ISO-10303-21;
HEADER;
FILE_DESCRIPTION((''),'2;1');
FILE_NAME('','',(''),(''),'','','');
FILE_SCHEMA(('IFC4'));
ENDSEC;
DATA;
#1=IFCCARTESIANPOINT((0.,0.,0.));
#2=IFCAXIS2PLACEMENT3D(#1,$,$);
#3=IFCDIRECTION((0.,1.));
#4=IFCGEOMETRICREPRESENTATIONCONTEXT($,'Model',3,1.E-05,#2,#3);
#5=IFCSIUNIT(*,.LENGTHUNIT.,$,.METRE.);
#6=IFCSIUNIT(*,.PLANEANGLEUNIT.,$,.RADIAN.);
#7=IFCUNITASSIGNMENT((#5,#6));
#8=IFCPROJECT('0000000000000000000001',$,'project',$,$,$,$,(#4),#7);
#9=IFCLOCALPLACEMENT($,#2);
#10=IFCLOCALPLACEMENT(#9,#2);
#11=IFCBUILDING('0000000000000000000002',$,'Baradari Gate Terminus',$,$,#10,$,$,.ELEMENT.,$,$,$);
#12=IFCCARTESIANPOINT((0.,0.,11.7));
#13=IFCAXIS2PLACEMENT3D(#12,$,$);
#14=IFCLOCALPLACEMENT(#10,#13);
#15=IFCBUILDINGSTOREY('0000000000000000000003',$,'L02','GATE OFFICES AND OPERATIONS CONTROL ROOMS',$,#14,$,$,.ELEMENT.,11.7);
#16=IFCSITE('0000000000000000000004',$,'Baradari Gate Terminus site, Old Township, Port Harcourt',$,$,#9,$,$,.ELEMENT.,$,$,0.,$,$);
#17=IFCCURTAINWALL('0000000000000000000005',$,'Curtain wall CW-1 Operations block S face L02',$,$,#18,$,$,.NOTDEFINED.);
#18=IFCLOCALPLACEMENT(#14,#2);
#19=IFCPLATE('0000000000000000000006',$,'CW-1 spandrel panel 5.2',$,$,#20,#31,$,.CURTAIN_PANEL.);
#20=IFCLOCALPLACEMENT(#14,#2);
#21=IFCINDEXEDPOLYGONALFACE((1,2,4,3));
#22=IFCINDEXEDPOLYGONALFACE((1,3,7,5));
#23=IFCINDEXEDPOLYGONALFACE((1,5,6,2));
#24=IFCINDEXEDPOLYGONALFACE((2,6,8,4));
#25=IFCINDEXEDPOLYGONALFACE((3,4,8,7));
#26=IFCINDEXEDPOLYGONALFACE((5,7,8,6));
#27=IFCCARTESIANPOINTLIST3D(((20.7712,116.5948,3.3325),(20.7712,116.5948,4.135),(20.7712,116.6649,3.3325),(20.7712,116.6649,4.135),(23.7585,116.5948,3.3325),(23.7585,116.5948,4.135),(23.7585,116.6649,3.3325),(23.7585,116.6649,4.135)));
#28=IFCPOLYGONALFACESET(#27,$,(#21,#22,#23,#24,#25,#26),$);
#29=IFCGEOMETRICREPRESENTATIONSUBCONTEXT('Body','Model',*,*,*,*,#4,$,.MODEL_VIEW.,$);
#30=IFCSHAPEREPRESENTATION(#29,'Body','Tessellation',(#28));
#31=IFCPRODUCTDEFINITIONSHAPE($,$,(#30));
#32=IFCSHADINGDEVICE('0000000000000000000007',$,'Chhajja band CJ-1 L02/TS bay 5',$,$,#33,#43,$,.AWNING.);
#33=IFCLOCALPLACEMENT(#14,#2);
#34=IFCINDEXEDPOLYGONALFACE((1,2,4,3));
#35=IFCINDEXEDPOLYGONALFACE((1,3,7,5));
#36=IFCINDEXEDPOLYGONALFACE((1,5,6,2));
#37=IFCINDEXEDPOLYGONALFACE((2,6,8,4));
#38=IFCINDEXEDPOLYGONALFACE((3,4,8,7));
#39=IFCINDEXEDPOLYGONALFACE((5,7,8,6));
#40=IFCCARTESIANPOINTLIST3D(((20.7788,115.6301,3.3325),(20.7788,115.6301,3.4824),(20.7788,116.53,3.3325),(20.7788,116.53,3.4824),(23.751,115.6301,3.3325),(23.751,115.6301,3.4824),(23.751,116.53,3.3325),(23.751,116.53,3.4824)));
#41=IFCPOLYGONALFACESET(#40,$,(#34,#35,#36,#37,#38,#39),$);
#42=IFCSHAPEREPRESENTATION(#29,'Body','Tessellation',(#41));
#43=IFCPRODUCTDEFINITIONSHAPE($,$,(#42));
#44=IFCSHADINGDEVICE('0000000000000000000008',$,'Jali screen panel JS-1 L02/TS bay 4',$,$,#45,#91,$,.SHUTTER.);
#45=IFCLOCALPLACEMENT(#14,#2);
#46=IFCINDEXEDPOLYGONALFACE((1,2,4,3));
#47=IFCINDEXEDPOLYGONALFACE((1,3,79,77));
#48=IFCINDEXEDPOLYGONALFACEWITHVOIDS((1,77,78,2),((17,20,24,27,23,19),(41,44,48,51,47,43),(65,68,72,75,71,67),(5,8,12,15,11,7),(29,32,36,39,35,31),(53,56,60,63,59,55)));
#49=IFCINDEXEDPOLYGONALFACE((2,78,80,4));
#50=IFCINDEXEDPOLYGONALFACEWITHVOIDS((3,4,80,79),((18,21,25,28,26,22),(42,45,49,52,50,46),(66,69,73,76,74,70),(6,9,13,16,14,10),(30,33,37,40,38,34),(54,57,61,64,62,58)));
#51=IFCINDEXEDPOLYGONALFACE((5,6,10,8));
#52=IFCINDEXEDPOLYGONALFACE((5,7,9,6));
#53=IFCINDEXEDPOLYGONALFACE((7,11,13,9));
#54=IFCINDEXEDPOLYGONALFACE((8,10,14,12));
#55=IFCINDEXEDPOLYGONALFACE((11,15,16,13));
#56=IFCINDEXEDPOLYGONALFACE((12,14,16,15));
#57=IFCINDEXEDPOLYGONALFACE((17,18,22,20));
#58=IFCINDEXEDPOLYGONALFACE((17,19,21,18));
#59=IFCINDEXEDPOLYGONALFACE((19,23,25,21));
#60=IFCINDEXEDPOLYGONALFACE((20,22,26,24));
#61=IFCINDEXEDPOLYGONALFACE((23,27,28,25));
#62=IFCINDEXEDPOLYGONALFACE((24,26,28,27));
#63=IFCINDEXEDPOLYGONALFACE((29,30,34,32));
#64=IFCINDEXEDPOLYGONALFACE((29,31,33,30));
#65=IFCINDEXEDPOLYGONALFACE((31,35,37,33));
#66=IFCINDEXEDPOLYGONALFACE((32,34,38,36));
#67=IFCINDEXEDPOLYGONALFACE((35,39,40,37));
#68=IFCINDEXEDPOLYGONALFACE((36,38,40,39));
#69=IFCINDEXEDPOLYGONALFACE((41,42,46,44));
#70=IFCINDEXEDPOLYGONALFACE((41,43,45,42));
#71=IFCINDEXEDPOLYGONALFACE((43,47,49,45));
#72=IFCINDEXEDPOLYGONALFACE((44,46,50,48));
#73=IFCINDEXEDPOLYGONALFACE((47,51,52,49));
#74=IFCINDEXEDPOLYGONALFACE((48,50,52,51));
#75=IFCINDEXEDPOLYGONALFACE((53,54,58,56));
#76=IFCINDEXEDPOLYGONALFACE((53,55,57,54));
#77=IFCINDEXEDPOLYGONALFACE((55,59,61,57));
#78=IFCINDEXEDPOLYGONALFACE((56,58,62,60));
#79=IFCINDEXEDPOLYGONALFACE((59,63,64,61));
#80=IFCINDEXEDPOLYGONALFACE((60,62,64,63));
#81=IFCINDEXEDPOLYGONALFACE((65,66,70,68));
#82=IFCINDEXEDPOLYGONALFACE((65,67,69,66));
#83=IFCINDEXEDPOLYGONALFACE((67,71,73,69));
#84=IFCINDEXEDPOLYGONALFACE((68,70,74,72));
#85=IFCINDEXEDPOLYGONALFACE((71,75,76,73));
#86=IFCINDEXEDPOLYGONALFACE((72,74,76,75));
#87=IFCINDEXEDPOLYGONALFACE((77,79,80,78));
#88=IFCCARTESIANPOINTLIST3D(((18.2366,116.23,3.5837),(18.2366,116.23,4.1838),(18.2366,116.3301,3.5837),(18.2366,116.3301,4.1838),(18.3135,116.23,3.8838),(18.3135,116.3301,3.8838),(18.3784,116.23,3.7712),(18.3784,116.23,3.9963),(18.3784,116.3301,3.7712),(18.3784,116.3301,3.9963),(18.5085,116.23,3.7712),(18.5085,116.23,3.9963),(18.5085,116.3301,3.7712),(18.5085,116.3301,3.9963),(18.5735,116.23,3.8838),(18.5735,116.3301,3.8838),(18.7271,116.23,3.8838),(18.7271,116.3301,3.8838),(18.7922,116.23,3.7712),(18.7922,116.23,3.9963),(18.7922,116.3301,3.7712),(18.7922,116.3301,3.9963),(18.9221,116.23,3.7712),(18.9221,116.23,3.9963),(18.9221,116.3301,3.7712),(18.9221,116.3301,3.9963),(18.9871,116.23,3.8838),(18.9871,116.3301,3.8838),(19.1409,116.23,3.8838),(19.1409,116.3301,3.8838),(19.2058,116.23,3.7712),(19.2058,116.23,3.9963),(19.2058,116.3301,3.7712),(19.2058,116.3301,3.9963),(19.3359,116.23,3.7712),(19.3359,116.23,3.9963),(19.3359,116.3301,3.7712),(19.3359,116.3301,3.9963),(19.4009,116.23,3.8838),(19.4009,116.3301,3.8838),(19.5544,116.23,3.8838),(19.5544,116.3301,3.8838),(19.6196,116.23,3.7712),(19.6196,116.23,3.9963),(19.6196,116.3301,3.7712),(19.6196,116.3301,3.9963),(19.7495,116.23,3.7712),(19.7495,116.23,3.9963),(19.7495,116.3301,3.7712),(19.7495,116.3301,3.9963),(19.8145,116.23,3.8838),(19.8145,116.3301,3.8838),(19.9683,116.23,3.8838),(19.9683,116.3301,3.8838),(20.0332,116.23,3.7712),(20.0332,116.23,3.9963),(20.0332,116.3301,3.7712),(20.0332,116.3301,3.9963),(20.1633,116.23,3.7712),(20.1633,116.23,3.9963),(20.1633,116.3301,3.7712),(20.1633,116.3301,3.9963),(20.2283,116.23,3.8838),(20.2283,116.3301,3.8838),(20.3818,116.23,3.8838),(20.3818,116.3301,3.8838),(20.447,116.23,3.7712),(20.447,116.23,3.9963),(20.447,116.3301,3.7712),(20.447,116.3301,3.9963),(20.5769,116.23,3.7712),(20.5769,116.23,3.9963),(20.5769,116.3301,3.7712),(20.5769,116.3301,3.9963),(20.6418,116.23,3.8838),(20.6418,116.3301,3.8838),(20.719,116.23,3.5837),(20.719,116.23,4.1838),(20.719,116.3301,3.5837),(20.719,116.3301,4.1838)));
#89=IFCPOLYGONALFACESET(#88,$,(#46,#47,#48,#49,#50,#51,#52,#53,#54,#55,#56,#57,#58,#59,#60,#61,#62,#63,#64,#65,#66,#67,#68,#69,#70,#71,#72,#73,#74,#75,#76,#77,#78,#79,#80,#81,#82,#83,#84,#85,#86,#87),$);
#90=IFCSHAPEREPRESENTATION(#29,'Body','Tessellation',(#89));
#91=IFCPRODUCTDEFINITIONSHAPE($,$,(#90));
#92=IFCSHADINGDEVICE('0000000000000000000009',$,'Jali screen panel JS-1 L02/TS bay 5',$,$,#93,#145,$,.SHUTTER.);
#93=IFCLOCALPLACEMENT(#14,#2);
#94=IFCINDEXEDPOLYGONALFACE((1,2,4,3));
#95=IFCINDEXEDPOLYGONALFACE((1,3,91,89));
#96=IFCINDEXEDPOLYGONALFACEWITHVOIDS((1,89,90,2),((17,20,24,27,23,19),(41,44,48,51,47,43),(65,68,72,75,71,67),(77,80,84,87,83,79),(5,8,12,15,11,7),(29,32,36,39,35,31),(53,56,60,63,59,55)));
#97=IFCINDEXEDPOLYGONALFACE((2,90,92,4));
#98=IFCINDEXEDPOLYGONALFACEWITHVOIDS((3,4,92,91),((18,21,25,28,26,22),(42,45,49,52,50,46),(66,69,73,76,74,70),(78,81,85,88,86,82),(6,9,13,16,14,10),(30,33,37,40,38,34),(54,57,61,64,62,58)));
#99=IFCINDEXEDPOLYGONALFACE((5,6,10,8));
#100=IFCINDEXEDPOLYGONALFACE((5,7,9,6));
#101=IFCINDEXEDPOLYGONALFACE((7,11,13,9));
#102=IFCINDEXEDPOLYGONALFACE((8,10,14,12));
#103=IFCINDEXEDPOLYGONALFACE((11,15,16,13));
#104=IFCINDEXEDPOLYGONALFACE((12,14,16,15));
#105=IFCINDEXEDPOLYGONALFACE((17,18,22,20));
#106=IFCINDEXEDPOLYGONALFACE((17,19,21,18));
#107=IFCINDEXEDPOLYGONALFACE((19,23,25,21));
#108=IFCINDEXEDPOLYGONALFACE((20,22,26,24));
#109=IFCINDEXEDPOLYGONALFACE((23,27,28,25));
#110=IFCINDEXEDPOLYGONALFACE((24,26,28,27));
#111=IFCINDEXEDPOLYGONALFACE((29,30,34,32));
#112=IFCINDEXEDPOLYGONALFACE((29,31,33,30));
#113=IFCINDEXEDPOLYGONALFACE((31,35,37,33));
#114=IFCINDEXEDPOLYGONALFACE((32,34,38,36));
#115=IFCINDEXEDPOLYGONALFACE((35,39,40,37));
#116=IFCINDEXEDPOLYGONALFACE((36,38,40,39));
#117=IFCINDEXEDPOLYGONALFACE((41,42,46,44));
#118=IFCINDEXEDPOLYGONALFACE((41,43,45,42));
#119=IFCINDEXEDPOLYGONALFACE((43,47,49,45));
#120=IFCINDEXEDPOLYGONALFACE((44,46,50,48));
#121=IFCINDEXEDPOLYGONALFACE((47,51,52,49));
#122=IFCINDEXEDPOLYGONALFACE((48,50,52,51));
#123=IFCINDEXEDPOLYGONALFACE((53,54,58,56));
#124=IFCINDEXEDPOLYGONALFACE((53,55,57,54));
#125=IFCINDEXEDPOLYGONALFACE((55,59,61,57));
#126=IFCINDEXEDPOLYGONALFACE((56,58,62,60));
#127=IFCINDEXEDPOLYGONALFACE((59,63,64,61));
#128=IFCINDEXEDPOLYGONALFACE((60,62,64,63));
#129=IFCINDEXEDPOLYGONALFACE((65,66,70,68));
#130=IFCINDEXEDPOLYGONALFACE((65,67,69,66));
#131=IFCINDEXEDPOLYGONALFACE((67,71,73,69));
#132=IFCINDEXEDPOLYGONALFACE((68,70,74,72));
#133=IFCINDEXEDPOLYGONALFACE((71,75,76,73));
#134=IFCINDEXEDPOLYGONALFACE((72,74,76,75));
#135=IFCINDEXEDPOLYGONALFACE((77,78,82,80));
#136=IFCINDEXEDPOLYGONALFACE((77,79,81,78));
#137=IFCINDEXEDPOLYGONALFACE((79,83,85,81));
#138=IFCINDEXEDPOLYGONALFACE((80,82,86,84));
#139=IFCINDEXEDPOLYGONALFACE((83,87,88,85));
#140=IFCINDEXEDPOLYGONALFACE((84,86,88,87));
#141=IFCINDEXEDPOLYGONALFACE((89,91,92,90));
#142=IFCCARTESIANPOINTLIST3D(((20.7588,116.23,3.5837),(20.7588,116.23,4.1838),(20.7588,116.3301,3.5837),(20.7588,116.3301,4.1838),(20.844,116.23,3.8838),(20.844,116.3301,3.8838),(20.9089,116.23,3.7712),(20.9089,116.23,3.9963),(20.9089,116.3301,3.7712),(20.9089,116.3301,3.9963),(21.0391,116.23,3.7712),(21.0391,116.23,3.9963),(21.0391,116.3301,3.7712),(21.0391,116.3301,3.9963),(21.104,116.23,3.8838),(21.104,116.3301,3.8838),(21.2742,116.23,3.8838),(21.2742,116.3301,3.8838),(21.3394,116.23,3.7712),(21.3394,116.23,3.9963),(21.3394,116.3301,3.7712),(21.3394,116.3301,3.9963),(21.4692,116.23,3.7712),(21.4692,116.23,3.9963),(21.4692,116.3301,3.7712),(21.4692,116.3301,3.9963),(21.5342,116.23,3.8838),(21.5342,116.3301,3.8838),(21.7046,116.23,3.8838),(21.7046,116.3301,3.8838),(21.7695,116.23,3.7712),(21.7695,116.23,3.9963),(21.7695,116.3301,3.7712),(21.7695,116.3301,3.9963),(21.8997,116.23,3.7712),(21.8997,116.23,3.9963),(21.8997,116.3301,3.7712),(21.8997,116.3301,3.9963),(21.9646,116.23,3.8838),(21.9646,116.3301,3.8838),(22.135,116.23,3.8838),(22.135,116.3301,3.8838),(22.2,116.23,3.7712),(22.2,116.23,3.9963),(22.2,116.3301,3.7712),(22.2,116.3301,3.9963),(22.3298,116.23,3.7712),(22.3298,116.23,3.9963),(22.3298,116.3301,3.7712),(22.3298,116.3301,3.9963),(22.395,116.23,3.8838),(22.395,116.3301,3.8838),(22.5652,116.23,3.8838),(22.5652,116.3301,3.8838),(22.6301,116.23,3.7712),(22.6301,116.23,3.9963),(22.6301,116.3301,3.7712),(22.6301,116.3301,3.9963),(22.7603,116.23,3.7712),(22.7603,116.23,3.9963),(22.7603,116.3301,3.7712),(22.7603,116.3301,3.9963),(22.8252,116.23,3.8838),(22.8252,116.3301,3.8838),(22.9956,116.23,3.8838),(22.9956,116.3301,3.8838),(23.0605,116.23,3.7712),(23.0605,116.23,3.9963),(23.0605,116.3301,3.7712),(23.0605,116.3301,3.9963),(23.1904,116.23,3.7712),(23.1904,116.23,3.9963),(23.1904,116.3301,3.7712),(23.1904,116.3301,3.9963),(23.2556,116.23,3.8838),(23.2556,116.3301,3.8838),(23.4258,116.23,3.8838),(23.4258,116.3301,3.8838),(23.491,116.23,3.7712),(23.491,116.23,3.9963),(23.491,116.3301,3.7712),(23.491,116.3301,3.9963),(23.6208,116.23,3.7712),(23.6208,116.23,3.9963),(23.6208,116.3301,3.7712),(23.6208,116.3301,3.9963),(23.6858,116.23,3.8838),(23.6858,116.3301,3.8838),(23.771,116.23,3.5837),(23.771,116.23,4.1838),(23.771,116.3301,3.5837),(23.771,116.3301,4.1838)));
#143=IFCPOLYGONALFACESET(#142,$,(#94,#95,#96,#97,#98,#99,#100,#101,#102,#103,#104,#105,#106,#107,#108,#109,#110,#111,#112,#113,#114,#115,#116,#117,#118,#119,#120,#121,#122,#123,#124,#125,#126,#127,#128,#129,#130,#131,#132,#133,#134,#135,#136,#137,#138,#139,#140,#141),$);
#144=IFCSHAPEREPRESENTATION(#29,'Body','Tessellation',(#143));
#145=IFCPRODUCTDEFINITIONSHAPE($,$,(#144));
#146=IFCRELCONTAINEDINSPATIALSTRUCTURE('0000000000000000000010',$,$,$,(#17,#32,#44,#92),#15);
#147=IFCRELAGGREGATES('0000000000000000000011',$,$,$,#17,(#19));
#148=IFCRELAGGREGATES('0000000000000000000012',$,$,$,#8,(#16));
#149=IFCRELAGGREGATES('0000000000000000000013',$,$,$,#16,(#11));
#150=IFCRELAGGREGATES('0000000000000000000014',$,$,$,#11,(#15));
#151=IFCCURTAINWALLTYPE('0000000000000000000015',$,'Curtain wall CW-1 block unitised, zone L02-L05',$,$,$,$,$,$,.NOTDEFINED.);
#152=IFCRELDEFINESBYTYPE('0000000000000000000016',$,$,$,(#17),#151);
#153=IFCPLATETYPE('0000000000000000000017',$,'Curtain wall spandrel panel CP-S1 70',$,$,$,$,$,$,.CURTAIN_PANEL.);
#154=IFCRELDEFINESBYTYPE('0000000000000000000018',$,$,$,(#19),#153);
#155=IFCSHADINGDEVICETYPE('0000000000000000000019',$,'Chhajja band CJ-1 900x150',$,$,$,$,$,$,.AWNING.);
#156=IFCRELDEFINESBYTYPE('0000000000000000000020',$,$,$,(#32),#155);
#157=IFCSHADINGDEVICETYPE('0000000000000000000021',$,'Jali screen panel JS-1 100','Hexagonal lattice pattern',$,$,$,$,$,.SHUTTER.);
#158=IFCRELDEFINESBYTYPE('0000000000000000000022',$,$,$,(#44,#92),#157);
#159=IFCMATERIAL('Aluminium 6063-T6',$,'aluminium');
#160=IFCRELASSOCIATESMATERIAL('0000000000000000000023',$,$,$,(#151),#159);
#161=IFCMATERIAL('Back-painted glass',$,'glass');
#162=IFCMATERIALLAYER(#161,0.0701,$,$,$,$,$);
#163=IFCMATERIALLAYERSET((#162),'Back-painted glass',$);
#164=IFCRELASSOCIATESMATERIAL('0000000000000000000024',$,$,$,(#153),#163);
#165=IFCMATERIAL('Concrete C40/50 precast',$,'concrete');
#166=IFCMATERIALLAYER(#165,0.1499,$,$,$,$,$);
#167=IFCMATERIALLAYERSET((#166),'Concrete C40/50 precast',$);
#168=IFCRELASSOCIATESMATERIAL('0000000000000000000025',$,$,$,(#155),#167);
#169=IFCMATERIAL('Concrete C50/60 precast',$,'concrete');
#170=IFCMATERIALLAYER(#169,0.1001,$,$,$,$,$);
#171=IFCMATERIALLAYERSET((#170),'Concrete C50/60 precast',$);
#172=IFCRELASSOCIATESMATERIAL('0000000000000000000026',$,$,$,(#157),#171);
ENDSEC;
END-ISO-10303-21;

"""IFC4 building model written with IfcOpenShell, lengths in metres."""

from ifc_helpers import new_model, si_unit, direction, frame, origin, origin_2d, place, context, subcontext, project, spatial, polyline, rectangle, outline, extrude, material, layer, layer_set, type_object, element, aggregate, save


model = new_model("IFC4")

# Units and contexts
model_context = context("Model", 3, precision=1e-05, world=origin(), true_north=direction((0.0, 1.0)))
body_context = subcontext(model_context, "Body", "Model", "MODEL_VIEW")
ifc_project = project(units=[si_unit("LENGTHUNIT", "METRE"), si_unit("PLANEANGLEUNIT", "RADIAN")], contexts=[model_context])

# Site, building, storey
site_placement = place(None, origin())
site = spatial("IfcSite", under=ifc_project, at=site_placement, Name="Baradari Gate Terminus site, Old Township, Port Harcourt", CompositionType="ELEMENT", RefElevation=0.0)
building_placement = place(site_placement, origin())
building = spatial("IfcBuilding", under=site, at=building_placement, Name="Baradari Gate Terminus", CompositionType="ELEMENT")
storey_placement = place(building_placement, frame((0.0, 0.0, 11.7)))
storey = spatial("IfcBuildingStorey", under=building, at=storey_placement, Name="L02", Description="GATE OFFICES AND OPERATIONS CONTROL ROOMS", CompositionType="ELEMENT", Elevation=11.7)

# Curtain wall
ifc_material_1 = material(Name="Aluminium 6063-T6", Category="aluminium")
curtain_wall_type = type_object("IfcCurtainWallType", Name="Curtain wall CW-1 block unitised, zone L02-L05", PredefinedType="NOTDEFINED", material=ifc_material_1)
curtain_wall_placement = place(storey_placement, origin())
curtain_wall = element("IfcCurtainWall", 1, at=curtain_wall_placement, inside=storey, type_object=curtain_wall_type, Name="Curtain wall CW-1 Operations block S face L02", PredefinedType="NOTDEFINED")

# Plate
ifc_material_2 = material(Name="Back-painted glass", Category="glass")
ifc_layer_1 = layer(ifc_material_2, 0.0701)
ifc_layer_set_1 = layer_set([ifc_layer_1], Name="Back-painted glass")
plate_type_1 = type_object("IfcPlateType", Name="Curtain wall spandrel panel CP-S1 70", PredefinedType="CURTAIN_PANEL", material=ifc_layer_set_1)
plate_1_placement = place(storey_placement, frame((22.2649, 116.6299, 3.3325), z_axis=(0.0, 0.0, 1.0), x_axis=(1.0, 0.0, 0.0)))
plate_1 = element("IfcPlate", 2, at=plate_1_placement, type_object=plate_type_1, Name="CW-1 spandrel panel 5.2", PredefinedType="CURTAIN_PANEL", context=body_context, shape_type="SweptSolid", body=[
    extrude(rectangle(XDim=2.9873, YDim=0.0701, at=origin_2d()), origin(), (0.0, 0.0, 1.0), 0.8025),
])
aggregate(curtain_wall, [plate_1])

# Shading devices
ifc_material_3 = material(Name="Concrete C40/50 precast", Category="concrete")
ifc_layer_2 = layer(ifc_material_3, 0.1499)
ifc_layer_set_2 = layer_set([ifc_layer_2], Name="Concrete C40/50 precast")
shading_device_type_1 = type_object("IfcShadingDeviceType", Name="Chhajja band CJ-1 900x150", PredefinedType="AWNING", material=ifc_layer_set_2)
shading_device_1_placement = place(storey_placement, frame((22.2649, 116.0801, 3.3325), z_axis=(0.0, 0.0, 1.0), x_axis=(1.0, 0.0, 0.0)))
element("IfcShadingDevice", 3, at=shading_device_1_placement, inside=storey, type_object=shading_device_type_1, Name="Chhajja band CJ-1 L02/TS bay 5", PredefinedType="AWNING", context=body_context, shape_type="SweptSolid", body=[
    extrude(rectangle(XDim=2.9722, YDim=0.8999, at=origin_2d()), origin(), (0.0, 0.0, 1.0), 0.1499),
])
ifc_material_4 = material(Name="Concrete C50/60 precast", Category="concrete")
ifc_layer_3 = layer(ifc_material_4, 0.1001)
ifc_layer_set_3 = layer_set([ifc_layer_3], Name="Concrete C50/60 precast")
shading_device_type_2 = type_object("IfcShadingDeviceType", Name="Jali screen panel JS-1 100", Description="Hexagonal lattice pattern", PredefinedType="SHUTTER", material=ifc_layer_set_3)
shading_device_2_placement = place(storey_placement, frame((18.2366, 116.28, 3.5837), z_axis=(0.0, 0.0, 1.0), x_axis=(1.0, 0.0, 0.0)))
element("IfcShadingDevice", 4, at=shading_device_2_placement, inside=storey, type_object=shading_device_type_2, Name="Jali screen panel JS-1 L02/TS bay 4", PredefinedType="SHUTTER", context=body_context, shape_type="SweptSolid", body=[
    extrude(outline(polyline([(0.0, 0.0), (2.4824, 0.0), (2.4824, 0.6001), (0.0, 0.6001), (0.0, 0.0)]), holes=[polyline([(0.3369, 0.3), (0.272, 0.1875), (0.1418, 0.1875), (0.0769, 0.3), (0.1418, 0.4126), (0.272, 0.4126), (0.3369, 0.3)]), polyline([(0.7505, 0.3), (0.6855, 0.1875), (0.5557, 0.1875), (0.4905, 0.3), (0.5557, 0.4126), (0.6855, 0.4126), (0.7505, 0.3)]), polyline([(1.1643, 0.3), (1.0994, 0.1875), (0.9692, 0.1875), (0.9043, 0.3), (0.9692, 0.4126), (1.0994, 0.4126), (1.1643, 0.3)]), polyline([(1.5779, 0.3), (1.5129, 0.1875), (1.3831, 0.1875), (1.3179, 0.3), (1.3831, 0.4126), (1.5129, 0.4126), (1.5779, 0.3)]), polyline([(1.9917, 0.3), (1.9268, 0.1875), (1.7966, 0.1875), (1.7317, 0.3), (1.7966, 0.4126), (1.9268, 0.4126), (1.9917, 0.3)]), polyline([(2.4053, 0.3), (2.3403, 0.1875), (2.2104, 0.1875), (2.1453, 0.3), (2.2104, 0.4126), (2.3403, 0.4126), (2.4053, 0.3)])]), frame((0.0, 0.05, 0.0), z_axis=(0.0, -1.0, 0.0), x_axis=(1.0, 0.0, 0.0)), (0.0, 0.0, 1.0), 0.1001),
])
shading_device_3_placement = place(storey_placement, frame((20.7588, 116.28, 3.5837), z_axis=(0.0, 0.0, 1.0), x_axis=(1.0, 0.0, 0.0)))
element("IfcShadingDevice", 5, at=shading_device_3_placement, inside=storey, type_object=shading_device_type_2, Name="Jali screen panel JS-1 L02/TS bay 5", PredefinedType="SHUTTER", context=body_context, shape_type="SweptSolid", body=[
    extrude(outline(polyline([(0.0, 0.0), (3.0122, 0.0), (3.0122, 0.6001), (0.0, 0.6001), (0.0, 0.0)]), holes=[polyline([(0.3452, 0.3), (0.2803, 0.1875), (0.1501, 0.1875), (0.0852, 0.3), (0.1501, 0.4126), (0.2803, 0.4126), (0.3452, 0.3)]), polyline([(0.7754, 0.3), (0.7104, 0.1875), (0.5806, 0.1875), (0.5154, 0.3), (0.5806, 0.4126), (0.7104, 0.4126), (0.7754, 0.3)]), polyline([(1.2058, 0.3), (1.1409, 0.1875), (1.0107, 0.1875), (0.9458, 0.3), (1.0107, 0.4126), (1.1409, 0.4126), (1.2058, 0.3)]), polyline([(1.6362, 0.3), (1.571, 0.1875), (1.4412, 0.1875), (1.3762, 0.3), (1.4412, 0.4126), (1.571, 0.4126), (1.6362, 0.3)]), polyline([(2.0664, 0.3), (2.0015, 0.1875), (1.8713, 0.1875), (1.8064, 0.3), (1.8713, 0.4126), (2.0015, 0.4126), (2.0664, 0.3)]), polyline([(2.4968, 0.3), (2.4316, 0.1875), (2.3018, 0.1875), (2.2368, 0.3), (2.3018, 0.4126), (2.4316, 0.4126), (2.4968, 0.3)]), polyline([(2.927, 0.3), (2.8621, 0.1875), (2.7322, 0.1875), (2.667, 0.3), (2.7322, 0.4126), (2.8621, 0.4126), (2.927, 0.3)])]), frame((0.0, 0.05, 0.0), z_axis=(0.0, -1.0, 0.0), x_axis=(1.0, 0.0, 0.0)), (0.0, 0.0, 1.0), 0.1001),
])

save(model, "model.ifc")
